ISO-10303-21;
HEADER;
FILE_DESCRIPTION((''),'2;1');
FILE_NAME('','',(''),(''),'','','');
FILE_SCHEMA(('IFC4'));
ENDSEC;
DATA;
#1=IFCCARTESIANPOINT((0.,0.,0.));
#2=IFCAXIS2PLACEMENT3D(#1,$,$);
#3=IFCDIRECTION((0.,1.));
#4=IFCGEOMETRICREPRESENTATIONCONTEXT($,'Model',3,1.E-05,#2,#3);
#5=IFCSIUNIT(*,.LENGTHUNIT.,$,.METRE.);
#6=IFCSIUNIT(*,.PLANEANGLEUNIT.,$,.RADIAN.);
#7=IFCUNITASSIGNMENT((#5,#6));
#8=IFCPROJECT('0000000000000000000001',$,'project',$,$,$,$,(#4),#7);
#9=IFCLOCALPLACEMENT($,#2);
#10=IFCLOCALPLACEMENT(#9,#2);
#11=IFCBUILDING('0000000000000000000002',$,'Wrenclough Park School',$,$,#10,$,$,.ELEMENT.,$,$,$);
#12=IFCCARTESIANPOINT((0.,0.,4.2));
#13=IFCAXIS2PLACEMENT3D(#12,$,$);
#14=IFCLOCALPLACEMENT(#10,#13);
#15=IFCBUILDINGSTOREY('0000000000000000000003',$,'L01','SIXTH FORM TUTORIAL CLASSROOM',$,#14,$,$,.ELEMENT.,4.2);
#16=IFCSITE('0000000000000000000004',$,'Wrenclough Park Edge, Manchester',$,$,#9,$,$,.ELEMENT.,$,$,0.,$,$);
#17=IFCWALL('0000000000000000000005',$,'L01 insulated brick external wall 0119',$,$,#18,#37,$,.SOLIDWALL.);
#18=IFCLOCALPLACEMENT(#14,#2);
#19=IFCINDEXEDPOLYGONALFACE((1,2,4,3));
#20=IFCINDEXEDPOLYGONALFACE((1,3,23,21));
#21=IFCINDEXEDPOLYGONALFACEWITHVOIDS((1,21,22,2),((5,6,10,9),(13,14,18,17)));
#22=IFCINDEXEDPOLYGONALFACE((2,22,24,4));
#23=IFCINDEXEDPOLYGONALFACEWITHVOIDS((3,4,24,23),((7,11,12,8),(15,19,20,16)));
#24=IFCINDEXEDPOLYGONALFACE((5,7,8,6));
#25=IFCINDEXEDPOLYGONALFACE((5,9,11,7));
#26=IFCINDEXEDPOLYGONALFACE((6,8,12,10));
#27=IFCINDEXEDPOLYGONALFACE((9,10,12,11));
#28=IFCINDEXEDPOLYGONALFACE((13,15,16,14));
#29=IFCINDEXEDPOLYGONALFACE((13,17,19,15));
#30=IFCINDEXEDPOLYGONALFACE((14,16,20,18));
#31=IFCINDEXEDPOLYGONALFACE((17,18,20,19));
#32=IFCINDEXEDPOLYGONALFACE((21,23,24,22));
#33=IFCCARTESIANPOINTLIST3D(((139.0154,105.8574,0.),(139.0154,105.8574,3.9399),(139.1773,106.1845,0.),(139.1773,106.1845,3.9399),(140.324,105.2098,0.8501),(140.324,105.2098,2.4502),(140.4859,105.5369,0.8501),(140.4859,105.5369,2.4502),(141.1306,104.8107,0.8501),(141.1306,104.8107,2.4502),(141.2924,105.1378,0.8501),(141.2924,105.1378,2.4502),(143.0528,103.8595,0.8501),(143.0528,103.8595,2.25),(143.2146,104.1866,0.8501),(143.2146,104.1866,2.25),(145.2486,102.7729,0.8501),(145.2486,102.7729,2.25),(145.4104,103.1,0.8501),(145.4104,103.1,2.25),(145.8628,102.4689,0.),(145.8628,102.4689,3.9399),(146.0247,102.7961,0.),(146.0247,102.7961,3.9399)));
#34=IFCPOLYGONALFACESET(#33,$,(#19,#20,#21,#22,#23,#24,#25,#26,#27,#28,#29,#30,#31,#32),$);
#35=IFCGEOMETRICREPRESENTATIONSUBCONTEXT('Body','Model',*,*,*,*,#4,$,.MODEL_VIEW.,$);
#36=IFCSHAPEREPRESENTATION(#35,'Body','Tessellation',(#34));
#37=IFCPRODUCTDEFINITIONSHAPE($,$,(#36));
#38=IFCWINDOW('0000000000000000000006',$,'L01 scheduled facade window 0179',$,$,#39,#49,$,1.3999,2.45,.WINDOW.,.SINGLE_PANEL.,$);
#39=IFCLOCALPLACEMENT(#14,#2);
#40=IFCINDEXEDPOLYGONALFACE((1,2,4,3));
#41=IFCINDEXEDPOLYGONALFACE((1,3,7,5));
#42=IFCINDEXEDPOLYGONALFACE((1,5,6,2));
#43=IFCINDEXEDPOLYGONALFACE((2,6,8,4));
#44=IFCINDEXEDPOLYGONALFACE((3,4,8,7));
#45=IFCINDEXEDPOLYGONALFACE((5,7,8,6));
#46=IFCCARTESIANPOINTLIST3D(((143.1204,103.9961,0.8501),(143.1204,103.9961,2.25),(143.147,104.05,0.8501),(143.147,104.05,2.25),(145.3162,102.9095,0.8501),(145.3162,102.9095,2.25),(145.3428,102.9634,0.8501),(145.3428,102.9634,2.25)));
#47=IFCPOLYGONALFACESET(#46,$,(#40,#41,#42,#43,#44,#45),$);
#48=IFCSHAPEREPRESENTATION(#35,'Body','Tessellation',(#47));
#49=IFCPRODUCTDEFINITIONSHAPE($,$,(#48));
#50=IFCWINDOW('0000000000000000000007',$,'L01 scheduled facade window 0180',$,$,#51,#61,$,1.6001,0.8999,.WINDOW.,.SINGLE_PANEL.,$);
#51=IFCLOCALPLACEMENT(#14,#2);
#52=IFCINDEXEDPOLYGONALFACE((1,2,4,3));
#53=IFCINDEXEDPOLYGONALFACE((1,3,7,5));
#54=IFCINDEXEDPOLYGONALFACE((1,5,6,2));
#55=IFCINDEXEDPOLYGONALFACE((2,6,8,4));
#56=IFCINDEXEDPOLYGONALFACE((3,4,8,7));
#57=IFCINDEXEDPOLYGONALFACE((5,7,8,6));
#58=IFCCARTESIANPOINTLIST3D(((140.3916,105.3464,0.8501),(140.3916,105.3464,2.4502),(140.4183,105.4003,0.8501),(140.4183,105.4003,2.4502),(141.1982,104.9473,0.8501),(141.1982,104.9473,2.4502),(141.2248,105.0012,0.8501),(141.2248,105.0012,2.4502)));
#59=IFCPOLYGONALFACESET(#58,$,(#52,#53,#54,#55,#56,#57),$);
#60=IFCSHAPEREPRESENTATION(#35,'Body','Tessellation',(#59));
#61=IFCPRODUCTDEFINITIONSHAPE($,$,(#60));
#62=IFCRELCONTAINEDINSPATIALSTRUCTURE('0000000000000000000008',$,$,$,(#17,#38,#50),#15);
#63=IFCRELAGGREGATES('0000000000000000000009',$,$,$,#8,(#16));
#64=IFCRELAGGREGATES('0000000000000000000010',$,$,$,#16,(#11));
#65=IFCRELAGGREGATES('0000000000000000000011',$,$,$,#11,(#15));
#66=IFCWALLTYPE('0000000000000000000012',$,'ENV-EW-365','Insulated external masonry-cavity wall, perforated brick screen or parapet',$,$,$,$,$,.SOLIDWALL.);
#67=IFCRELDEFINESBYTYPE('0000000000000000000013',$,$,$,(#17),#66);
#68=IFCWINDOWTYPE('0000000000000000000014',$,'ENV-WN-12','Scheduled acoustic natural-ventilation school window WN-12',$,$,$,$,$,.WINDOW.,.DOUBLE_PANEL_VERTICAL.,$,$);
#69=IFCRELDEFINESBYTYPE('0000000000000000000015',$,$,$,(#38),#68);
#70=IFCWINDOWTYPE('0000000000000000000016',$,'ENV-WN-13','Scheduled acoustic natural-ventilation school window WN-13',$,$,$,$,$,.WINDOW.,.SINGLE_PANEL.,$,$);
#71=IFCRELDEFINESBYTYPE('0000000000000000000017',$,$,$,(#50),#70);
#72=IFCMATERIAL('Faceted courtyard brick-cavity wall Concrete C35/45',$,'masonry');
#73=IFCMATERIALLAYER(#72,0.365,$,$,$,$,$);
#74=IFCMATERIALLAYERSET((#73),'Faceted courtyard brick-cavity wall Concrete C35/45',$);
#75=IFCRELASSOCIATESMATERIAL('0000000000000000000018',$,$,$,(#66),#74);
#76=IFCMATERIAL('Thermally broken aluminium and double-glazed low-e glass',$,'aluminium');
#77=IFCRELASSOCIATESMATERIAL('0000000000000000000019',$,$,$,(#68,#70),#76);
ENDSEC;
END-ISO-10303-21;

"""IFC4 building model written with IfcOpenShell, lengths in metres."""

from ifc_helpers import new_model, si_unit, direction, frame, frame_2d, origin, place, context, subcontext, project, spatial, rectangle, extrude, material, layer, layer_set, type_object, element, fill, save


model = new_model("IFC4")

# Units and contexts
model_context = context("Model", 3, precision=1e-05, world=origin(), true_north=direction((0.0, 1.0)))
body_context = subcontext(model_context, "Body", "Model", "MODEL_VIEW")
ifc_project = project(units=[si_unit("LENGTHUNIT", "METRE"), si_unit("PLANEANGLEUNIT", "RADIAN")], contexts=[model_context])

# Site, building, storey
site_placement = place(None, origin())
site = spatial("IfcSite", under=ifc_project, at=site_placement, Name="Wrenclough Park Edge, Manchester", CompositionType="ELEMENT", RefElevation=0.0)
building_placement = place(site_placement, origin())
building = spatial("IfcBuilding", under=site, at=building_placement, Name="Wrenclough Park School", CompositionType="ELEMENT")
storey_placement = place(building_placement, frame((0.0, 0.0, 4.2)))
storey = spatial("IfcBuildingStorey", under=building, at=storey_placement, Name="L01", Description="SIXTH FORM TUTORIAL CLASSROOM", CompositionType="ELEMENT", Elevation=4.2)

# Wall, openings, windows
ifc_material_1 = material(Name="Faceted courtyard brick-cavity wall Concrete C35/45", Category="masonry")
ifc_layer_1 = layer(ifc_material_1, 0.365)
ifc_layer_set_1 = layer_set([ifc_layer_1], Name="Faceted courtyard brick-cavity wall Concrete C35/45")
wall_type = type_object("IfcWallType", Name="ENV-EW-365", Description="Insulated external masonry-cavity wall, perforated brick screen or parapet", PredefinedType="SOLIDWALL", material=ifc_layer_set_1)
wall_placement = place(storey_placement, frame((145.9436, 102.6326, 0.0), z_axis=(0.0, 0.0, 1.0), x_axis=(-0.896267, 0.443516, 0.0)))
wall = element("IfcWall", 1, at=wall_placement, inside=storey, type_object=wall_type, Name="L01 insulated brick external wall 0119", PredefinedType="SOLIDWALL", context=body_context, shape_type="SweptSolid", body=[
    extrude(rectangle(XDim=7.6399, YDim=0.365, at=frame_2d((3.8198, 0.0))), origin(), (0.0, 0.0, 1.0), 3.9399),
])
opening_1_placement = place(wall_placement, frame((0.6851, 0.0, 0.8501)))
opening_1 = element("IfcOpeningElement", 2, at=opening_1_placement, cuts=wall, PredefinedType="OPENING", context=body_context, shape_type="SweptSolid", body=[
    extrude(rectangle(XDim=2.45, YDim=1.3999, at=frame_2d((1.2251, 0.7))), frame((0.0, 0.1924, 0.0), z_axis=(0.0, -1.0, 0.0), x_axis=(1.0, 0.0, 0.0)), (0.0, 0.0, 1.0), 0.385),
])
opening_2_placement = place(wall_placement, frame((5.2798, 0.0, 0.8501)))
opening_2 = element("IfcOpeningElement", 3, at=opening_2_placement, cuts=wall, PredefinedType="OPENING", context=body_context, shape_type="SweptSolid", body=[
    extrude(rectangle(XDim=0.8999, YDim=1.6001, at=frame_2d((0.45, 0.8))), frame((0.0, 0.1924, 0.0), z_axis=(0.0, -1.0, 0.0), x_axis=(1.0, 0.0, 0.0)), (0.0, 0.0, 1.0), 0.385),
])
ifc_material_2 = material(Name="Thermally broken aluminium and double-glazed low-e glass", Category="aluminium")
window_type_1 = type_object("IfcWindowType", Name="ENV-WN-12", Description="Scheduled acoustic natural-ventilation school window WN-12", PartitioningType="DOUBLE_PANEL_VERTICAL", PredefinedType="WINDOW", material=ifc_material_2)
window_1_placement = place(opening_1_placement, origin())
window_1 = element("IfcWindow", 4, at=window_1_placement, inside=storey, type_object=window_type_1, Name="L01 scheduled facade window 0179", OverallHeight=1.3999, OverallWidth=2.45, PartitioningType="SINGLE_PANEL", PredefinedType="WINDOW", context=body_context, shape_type="SweptSolid", body=[
    extrude(rectangle(XDim=2.45, YDim=1.3999, at=frame_2d((1.2251, 0.7))), frame((0.0, 0.03, 0.0), z_axis=(0.0, -1.0, 0.0), x_axis=(1.0, 0.0, 0.0)), (0.0, 0.0, 1.0), 0.0601),
])
fill(opening_1, window_1)
window_type_2 = type_object("IfcWindowType", Name="ENV-WN-13", Description="Scheduled acoustic natural-ventilation school window WN-13", PartitioningType="SINGLE_PANEL", PredefinedType="WINDOW", material=ifc_material_2)
window_2_placement = place(opening_2_placement, origin())
window_2 = element("IfcWindow", 5, at=window_2_placement, inside=storey, type_object=window_type_2, Name="L01 scheduled facade window 0180", OverallHeight=1.6001, OverallWidth=0.8999, PartitioningType="SINGLE_PANEL", PredefinedType="WINDOW", context=body_context, shape_type="SweptSolid", body=[
    extrude(rectangle(XDim=0.8999, YDim=1.6001, at=frame_2d((0.45, 0.8))), frame((0.0, 0.03, 0.0), z_axis=(0.0, -1.0, 0.0), x_axis=(1.0, 0.0, 0.0)), (0.0, 0.0, 1.0), 0.0601),
])
fill(opening_2, window_2)

save(model, "model.ifc")
